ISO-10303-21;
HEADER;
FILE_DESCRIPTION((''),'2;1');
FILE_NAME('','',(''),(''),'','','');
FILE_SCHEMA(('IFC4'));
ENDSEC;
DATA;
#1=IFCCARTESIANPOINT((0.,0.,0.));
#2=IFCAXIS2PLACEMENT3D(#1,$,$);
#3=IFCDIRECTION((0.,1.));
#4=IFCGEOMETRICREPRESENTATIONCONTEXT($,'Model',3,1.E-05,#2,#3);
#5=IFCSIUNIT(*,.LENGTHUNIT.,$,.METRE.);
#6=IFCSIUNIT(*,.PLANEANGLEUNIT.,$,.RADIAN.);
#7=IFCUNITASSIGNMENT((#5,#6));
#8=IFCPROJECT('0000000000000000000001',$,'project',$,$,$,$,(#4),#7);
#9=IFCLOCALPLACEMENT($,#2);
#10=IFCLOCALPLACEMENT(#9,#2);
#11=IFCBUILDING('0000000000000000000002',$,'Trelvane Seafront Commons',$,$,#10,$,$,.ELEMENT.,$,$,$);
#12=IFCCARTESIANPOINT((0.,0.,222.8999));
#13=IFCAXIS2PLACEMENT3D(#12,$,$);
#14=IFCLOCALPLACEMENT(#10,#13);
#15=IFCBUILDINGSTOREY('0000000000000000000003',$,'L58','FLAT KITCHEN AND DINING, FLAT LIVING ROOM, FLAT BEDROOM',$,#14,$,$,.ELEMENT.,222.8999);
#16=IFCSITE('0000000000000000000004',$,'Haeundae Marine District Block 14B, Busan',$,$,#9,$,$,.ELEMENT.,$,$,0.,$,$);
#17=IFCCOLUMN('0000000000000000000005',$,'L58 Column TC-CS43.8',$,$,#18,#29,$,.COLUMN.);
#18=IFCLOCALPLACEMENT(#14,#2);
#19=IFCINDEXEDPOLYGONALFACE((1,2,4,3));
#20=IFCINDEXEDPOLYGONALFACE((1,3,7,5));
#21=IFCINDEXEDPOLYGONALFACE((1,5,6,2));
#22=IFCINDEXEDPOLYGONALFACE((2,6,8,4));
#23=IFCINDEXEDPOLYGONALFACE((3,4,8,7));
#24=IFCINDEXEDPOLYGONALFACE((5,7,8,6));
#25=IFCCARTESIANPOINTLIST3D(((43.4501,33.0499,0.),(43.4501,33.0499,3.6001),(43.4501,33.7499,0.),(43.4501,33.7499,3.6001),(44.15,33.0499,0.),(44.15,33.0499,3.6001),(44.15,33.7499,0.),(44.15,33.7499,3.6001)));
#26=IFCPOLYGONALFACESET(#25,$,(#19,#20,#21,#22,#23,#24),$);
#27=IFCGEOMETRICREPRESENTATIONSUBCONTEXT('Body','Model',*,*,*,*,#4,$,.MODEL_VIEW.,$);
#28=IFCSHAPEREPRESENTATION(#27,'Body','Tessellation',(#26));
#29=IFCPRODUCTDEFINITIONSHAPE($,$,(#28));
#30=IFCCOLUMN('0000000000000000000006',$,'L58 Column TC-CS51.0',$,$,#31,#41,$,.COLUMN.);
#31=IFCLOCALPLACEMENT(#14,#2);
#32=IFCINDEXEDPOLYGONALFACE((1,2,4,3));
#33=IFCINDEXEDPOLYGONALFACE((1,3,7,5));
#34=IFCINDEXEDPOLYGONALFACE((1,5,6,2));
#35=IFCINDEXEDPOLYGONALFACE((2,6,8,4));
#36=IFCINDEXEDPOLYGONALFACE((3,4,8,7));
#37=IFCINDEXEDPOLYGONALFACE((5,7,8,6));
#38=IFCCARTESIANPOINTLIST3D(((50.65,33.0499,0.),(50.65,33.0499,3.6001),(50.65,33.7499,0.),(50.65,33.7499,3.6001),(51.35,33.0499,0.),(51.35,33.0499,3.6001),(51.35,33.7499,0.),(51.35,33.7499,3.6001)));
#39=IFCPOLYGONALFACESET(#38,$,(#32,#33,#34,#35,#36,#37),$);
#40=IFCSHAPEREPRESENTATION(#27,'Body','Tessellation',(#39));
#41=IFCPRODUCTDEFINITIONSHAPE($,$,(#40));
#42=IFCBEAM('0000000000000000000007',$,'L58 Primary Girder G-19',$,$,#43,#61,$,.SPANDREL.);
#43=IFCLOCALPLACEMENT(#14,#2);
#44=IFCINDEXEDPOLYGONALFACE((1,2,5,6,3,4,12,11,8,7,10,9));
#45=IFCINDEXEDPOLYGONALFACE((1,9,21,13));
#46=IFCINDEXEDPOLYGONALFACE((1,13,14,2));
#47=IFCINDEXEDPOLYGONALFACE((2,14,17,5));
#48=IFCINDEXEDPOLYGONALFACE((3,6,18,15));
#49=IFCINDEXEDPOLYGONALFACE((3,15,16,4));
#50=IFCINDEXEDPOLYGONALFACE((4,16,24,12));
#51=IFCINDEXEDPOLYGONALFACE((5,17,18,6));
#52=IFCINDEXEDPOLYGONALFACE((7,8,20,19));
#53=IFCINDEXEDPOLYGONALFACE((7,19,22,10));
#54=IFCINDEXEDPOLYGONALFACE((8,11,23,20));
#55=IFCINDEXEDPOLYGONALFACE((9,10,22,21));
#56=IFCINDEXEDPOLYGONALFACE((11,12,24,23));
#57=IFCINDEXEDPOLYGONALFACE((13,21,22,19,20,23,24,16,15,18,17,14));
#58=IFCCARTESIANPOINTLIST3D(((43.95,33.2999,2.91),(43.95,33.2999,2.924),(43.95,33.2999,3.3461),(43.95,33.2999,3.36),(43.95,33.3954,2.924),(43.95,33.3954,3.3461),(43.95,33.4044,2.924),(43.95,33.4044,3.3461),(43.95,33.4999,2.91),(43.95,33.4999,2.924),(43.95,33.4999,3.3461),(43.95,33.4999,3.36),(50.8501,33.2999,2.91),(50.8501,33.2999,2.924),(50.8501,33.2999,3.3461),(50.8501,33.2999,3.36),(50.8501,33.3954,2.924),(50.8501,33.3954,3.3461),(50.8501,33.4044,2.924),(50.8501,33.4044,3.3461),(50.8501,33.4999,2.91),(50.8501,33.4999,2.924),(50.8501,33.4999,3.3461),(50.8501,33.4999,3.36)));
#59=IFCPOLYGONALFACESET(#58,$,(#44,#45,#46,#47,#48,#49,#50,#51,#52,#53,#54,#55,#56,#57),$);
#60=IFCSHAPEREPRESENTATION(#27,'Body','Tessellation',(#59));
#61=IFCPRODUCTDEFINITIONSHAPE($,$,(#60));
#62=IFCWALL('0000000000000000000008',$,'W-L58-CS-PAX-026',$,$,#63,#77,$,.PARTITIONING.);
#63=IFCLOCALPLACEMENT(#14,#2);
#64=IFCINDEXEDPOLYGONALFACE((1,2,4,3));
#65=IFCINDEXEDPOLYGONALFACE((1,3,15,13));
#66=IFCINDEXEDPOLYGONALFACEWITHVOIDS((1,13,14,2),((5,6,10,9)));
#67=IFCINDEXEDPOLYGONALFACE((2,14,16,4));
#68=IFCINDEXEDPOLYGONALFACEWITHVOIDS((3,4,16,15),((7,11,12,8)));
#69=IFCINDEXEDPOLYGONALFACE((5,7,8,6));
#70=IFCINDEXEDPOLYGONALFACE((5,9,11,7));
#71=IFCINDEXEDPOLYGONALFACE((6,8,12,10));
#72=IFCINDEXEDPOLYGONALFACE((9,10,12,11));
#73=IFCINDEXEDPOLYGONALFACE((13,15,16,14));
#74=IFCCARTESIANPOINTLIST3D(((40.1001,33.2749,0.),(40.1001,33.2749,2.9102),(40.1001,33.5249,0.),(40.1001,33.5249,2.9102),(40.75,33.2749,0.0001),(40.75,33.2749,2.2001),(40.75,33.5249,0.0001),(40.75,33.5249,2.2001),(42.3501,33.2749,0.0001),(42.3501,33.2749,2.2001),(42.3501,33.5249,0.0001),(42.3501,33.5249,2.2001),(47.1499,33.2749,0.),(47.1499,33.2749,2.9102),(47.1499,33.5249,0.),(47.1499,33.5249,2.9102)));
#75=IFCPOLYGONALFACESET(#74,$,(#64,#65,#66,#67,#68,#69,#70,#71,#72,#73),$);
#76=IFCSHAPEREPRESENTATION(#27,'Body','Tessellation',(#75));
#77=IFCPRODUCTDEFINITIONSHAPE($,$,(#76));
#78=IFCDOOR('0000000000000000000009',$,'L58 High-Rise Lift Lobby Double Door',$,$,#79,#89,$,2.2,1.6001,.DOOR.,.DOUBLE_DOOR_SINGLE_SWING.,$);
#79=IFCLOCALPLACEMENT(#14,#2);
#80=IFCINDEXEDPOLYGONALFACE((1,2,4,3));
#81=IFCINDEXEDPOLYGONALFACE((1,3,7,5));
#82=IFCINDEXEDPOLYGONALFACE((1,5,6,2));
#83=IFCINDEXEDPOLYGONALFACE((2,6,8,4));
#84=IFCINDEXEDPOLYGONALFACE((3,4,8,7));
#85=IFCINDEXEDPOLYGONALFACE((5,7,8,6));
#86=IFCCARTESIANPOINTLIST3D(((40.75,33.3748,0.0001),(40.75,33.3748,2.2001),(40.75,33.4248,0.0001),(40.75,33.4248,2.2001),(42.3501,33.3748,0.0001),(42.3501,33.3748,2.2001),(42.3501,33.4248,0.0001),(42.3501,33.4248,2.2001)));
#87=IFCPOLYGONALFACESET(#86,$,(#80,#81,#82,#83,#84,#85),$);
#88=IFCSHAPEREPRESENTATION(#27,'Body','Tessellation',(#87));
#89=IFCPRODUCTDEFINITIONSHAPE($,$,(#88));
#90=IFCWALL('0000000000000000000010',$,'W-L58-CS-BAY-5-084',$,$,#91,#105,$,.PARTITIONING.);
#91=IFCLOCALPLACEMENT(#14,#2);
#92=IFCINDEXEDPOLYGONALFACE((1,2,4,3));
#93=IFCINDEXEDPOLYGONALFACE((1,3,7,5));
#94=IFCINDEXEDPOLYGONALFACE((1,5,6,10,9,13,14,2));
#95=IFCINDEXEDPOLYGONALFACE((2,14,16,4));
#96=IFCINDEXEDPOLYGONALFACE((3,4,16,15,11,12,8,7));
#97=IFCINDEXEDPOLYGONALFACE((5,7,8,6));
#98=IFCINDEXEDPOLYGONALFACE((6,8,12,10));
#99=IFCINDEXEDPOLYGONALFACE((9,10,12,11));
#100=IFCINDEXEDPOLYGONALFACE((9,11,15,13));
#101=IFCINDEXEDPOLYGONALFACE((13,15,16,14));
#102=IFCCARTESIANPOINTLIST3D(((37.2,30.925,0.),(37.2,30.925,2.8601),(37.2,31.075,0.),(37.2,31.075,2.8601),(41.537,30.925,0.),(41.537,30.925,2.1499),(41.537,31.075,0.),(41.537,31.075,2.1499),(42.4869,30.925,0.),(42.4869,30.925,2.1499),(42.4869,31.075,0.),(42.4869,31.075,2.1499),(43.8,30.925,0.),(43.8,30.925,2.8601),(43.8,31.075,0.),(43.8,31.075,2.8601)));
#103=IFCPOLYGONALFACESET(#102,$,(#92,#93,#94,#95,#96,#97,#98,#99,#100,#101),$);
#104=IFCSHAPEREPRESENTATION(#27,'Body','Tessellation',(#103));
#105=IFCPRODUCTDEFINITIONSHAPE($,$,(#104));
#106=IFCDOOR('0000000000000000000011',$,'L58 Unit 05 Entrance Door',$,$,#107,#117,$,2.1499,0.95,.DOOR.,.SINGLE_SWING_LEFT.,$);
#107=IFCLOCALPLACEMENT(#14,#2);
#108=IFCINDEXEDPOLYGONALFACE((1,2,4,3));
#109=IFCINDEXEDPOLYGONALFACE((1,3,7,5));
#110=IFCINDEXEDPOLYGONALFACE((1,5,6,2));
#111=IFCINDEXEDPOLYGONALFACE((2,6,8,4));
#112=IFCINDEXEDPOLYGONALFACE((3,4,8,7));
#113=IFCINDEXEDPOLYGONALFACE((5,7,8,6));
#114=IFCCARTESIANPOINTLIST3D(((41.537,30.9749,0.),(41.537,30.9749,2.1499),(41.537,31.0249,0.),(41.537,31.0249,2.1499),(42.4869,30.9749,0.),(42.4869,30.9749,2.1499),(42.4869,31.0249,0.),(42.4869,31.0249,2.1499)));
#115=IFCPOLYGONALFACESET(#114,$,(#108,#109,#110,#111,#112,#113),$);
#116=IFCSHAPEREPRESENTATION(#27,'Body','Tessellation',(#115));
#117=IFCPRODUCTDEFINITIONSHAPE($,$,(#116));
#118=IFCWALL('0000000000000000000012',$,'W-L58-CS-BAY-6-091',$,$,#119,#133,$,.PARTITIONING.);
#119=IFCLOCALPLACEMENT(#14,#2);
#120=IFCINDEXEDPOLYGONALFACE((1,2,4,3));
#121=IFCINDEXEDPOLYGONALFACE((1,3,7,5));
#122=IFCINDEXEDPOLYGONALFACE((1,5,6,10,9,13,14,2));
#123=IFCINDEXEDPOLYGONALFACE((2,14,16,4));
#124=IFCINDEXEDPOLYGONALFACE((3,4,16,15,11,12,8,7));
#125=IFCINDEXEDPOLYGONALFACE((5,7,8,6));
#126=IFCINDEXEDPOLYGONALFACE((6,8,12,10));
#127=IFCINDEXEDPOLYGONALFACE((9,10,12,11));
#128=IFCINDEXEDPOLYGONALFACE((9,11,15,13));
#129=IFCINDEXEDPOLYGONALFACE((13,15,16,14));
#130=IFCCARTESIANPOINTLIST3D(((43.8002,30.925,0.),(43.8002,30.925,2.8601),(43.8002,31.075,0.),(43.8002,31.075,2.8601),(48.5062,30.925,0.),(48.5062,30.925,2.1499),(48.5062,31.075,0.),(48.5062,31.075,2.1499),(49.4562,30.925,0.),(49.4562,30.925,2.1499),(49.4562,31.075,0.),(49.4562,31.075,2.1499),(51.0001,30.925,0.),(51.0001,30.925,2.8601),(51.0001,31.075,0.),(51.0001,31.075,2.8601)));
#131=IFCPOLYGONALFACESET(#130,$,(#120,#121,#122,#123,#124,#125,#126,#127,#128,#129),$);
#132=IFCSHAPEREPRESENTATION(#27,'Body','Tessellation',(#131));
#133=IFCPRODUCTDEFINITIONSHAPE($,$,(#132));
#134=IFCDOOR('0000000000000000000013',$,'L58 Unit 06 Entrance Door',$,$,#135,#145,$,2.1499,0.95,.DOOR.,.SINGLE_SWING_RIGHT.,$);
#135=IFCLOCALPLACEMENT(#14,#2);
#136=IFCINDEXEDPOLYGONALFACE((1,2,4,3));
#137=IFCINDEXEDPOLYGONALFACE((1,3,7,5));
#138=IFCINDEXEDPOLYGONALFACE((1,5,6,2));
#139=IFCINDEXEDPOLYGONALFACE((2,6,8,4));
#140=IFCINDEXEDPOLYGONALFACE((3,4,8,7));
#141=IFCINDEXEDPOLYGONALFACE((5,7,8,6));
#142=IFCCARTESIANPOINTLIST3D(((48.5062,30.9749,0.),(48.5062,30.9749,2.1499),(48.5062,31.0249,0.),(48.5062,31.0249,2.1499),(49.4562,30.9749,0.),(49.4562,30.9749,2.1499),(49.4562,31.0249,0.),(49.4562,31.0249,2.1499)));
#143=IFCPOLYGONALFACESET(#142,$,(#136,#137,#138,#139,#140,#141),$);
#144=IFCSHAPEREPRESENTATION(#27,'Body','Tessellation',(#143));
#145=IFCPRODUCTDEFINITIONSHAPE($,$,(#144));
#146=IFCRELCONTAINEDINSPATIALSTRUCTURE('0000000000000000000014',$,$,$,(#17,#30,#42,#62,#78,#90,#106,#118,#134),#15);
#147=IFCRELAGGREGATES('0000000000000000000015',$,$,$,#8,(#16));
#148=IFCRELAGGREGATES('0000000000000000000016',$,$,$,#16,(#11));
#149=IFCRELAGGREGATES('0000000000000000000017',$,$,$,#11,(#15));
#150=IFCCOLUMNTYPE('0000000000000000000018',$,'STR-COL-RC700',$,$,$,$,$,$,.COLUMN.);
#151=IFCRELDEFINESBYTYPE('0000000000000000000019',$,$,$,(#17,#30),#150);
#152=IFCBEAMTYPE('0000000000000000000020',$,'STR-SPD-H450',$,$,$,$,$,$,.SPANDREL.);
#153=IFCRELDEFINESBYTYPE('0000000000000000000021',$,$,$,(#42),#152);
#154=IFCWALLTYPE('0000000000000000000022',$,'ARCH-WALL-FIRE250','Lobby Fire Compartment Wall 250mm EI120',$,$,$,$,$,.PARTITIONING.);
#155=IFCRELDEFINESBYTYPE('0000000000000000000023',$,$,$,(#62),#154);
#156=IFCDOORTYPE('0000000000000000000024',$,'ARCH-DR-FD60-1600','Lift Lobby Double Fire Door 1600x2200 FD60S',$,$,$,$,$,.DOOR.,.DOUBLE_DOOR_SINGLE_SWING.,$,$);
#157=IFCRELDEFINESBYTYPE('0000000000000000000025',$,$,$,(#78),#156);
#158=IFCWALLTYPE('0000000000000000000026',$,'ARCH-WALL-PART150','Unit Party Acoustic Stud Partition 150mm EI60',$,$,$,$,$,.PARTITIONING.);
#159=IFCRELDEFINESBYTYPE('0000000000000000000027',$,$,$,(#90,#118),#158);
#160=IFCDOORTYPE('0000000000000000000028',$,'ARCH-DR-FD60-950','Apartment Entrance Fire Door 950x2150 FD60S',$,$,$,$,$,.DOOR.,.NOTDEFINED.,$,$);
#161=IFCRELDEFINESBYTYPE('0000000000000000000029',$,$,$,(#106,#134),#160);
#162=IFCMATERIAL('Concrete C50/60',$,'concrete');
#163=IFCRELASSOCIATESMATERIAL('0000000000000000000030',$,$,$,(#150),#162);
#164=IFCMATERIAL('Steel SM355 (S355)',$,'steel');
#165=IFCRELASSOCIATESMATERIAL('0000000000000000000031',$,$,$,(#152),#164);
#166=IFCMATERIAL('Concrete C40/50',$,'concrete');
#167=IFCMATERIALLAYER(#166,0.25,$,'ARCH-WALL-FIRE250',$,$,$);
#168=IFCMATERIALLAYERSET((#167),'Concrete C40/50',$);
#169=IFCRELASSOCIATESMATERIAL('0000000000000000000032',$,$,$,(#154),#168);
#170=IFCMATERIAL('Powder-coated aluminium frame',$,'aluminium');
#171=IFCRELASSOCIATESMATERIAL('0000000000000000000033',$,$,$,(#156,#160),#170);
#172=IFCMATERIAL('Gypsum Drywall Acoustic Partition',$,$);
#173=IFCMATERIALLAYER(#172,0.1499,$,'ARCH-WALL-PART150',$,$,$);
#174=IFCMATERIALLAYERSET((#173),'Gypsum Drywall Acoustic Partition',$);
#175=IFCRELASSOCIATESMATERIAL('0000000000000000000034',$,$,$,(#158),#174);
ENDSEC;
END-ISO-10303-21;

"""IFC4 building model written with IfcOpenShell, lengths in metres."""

from ifc_helpers import new_model, si_unit, direction, frame, frame_2d, origin, origin_2d, place, context, subcontext, project, spatial, rectangle, i_section, extrude, source, transform, mapped, material, layer, layer_set, material_profile, profile_set, type_object, element, fill, save


model = new_model("IFC4")

# Units and contexts
model_context = context("Model", 3, precision=1e-05, world=origin(), true_north=direction((0.0, 1.0)))
body_context = subcontext(model_context, "Body", "Model", "MODEL_VIEW")
ifc_project = project(units=[si_unit("LENGTHUNIT", "METRE"), si_unit("PLANEANGLEUNIT", "RADIAN")], contexts=[model_context])

# Site, building, storey
site_placement = place(None, origin())
site = spatial("IfcSite", under=ifc_project, at=site_placement, Name="Haeundae Marine District Block 14B, Busan", CompositionType="ELEMENT", RefElevation=0.0)
building_placement = place(site_placement, origin())
building = spatial("IfcBuilding", under=site, at=building_placement, Name="Trelvane Seafront Commons", CompositionType="ELEMENT")
storey_placement = place(building_placement, frame((0.0, 0.0, 222.8999)))
storey = spatial("IfcBuildingStorey", under=building, at=storey_placement, Name="L58", Description="FLAT KITCHEN AND DINING, FLAT LIVING ROOM, FLAT BEDROOM", CompositionType="ELEMENT", Elevation=222.8999)

# Columns
ifc_material_1 = material(Name="Concrete C50/60", Category="concrete")
ifc_material_profile_1 = material_profile(ifc_material_1, rectangle(XDim=0.7, YDim=0.7, at=origin_2d()), Name="RC-700x700")
ifc_profile_set_1 = profile_set([ifc_material_profile_1], Name="Concrete C50/60")
column_type = type_object("IfcColumnType", Name="STR-COL-RC700", PredefinedType="COLUMN", material=ifc_profile_set_1)
shared_shape_1 = source(origin(), body_context, "Body", "SweptSolid", [
    extrude(rectangle(XDim=0.7, YDim=0.7, at=origin_2d()), origin(), (0.0, 0.0, 1.0), 3.6001),
])
for number, where, z_axis, x_axis, name in (
    (1, (43.8, 33.3999, 0.0), (0.0, 0.0, 1.0), (1.0, 0.0, 0.0), "L58 Column TC-CS43.8"),
    (2, (51.0, 33.3999, 0.0), (0.0, 0.0, 1.0), (1.0, 0.0, 0.0), "L58 Column TC-CS51.0"),
):
    element("IfcColumn", number, at=place(storey_placement, frame(where, z_axis=z_axis, x_axis=x_axis)), inside=storey, type_object=column_type, Name=name, PredefinedType="COLUMN", context=body_context, shape_type="MappedRepresentation", body=[
        mapped(shared_shape_1, transform((0.0, 0.0, 0.0), x_axis=(1.0, 0.0, 0.0), y_axis=(0.0, 1.0, 0.0), z_axis=(0.0, 0.0, 1.0), scale=1.0)),
    ])

# Beam
ifc_material_2 = material(Name="Steel SM355 (S355)", Category="steel")
ifc_material_profile_2 = material_profile(ifc_material_2, i_section(OverallWidth=0.2, OverallDepth=0.45, WebThickness=0.009, FlangeThickness=0.0139, at=origin_2d()), Name="H-450x200x9x14")
ifc_profile_set_2 = profile_set([ifc_material_profile_2], Name="Steel SM355 (S355)")
beam_type = type_object("IfcBeamType", Name="STR-SPD-H450", PredefinedType="SPANDREL", material=ifc_profile_set_2)
shared_shape_2 = source(origin(), body_context, "Body", "SweptSolid", [
    extrude(i_section(OverallWidth=0.2, OverallDepth=0.45, WebThickness=0.009, FlangeThickness=0.0139, at=origin_2d()), origin(), (0.0, 0.0, 1.0), 6.9001),
])
beam_placement = place(storey_placement, frame((43.95, 33.3999, 3.135), z_axis=(1.0, 0.0, 0.0), x_axis=(0.0, 1.0, 0.0)))
element("IfcBeam", 3, at=beam_placement, inside=storey, type_object=beam_type, Name="L58 Primary Girder G-19", PredefinedType="SPANDREL", context=body_context, shape_type="MappedRepresentation", body=[
    mapped(shared_shape_2, transform((0.0, 0.0, 0.0), x_axis=(1.0, 0.0, 0.0), y_axis=(0.0, 1.0, 0.0), z_axis=(0.0, 0.0, 1.0), scale=1.0)),
])

# Wall, opening, door
ifc_material_3 = material(Name="Concrete C40/50", Category="concrete")
ifc_layer_1 = layer(ifc_material_3, 0.25, Name="ARCH-WALL-FIRE250")
ifc_layer_set_1 = layer_set([ifc_layer_1], Name="Concrete C40/50")
wall_type_1 = type_object("IfcWallType", Name="ARCH-WALL-FIRE250", Description="Lobby Fire Compartment Wall 250mm EI120", PredefinedType="PARTITIONING", material=ifc_layer_set_1)
wall_1_placement = place(storey_placement, frame((40.1001, 33.3999, 0.0), z_axis=(0.0, 0.0, 1.0), x_axis=(1.0, 0.0, 0.0)))
wall_1 = element("IfcWall", 4, at=wall_1_placement, inside=storey, type_object=wall_type_1, Name="W-L58-CS-PAX-026", PredefinedType="PARTITIONING", context=body_context, shape_type="SweptSolid", body=[
    extrude(rectangle(XDim=7.0498, YDim=0.25, at=frame_2d((3.5249, 0.0))), origin(), (0.0, 0.0, 1.0), 2.9102),
])
opening_1_placement = place(wall_1_placement, frame((0.6499, 0.0, 0.0)))
opening_1 = element("IfcOpeningElement", 5, at=opening_1_placement, cuts=wall_1, PredefinedType="OPENING", context=body_context, shape_type="SweptSolid", body=[
    extrude(rectangle(XDim=1.6001, YDim=2.2, at=frame_2d((0.8, 1.1001))), frame((0.0, 0.135, 0.0), z_axis=(0.0, -1.0, 0.0), x_axis=(1.0, 0.0, 0.0)), (0.0, 0.0, 1.0), 0.27),
])
ifc_material_4 = material(Name="Powder-coated aluminium frame", Category="aluminium")
door_type_1 = type_object("IfcDoorType", Name="ARCH-DR-FD60-1600", Description="Lift Lobby Double Fire Door 1600x2200 FD60S", OperationType="DOUBLE_DOOR_SINGLE_SWING", PredefinedType="DOOR", material=ifc_material_4)
shared_shape_3 = source(origin(), body_context, "Body", "SweptSolid", [
    extrude(rectangle(XDim=1.6001, YDim=2.2, at=frame_2d((0.8, 1.1001))), frame((0.0, 0.0249, 0.0), z_axis=(0.0, -1.0, 0.0), x_axis=(1.0, 0.0, 0.0)), (0.0, 0.0, 1.0), 0.05),
])
door_1_placement = place(opening_1_placement, origin())
door_1 = element("IfcDoor", 6, at=door_1_placement, inside=storey, type_object=door_type_1, Name="L58 High-Rise Lift Lobby Double Door", OperationType="DOUBLE_DOOR_SINGLE_SWING", OverallHeight=2.2, OverallWidth=1.6001, PredefinedType="DOOR", context=body_context, shape_type="MappedRepresentation", body=[
    mapped(shared_shape_3, transform((0.0, 0.0, 0.0), x_axis=(1.0, 0.0, 0.0), y_axis=(0.0, 1.0, 0.0), z_axis=(0.0, 0.0, 1.0), scale=1.0)),
])
fill(opening_1, door_1)

# Shared definitions
door_type_2 = type_object("IfcDoorType", Name="ARCH-DR-FD60-950", Description="Apartment Entrance Fire Door 950x2150 FD60S", OperationType="NOTDEFINED", PredefinedType="DOOR", material=ifc_material_4)
shared_shape_4 = source(origin(), body_context, "Body", "SweptSolid", [
    extrude(rectangle(XDim=0.95, YDim=2.1499, at=frame_2d((0.4751, 1.075))), frame((0.0, 0.0249, 0.0), z_axis=(0.0, -1.0, 0.0), x_axis=(1.0, 0.0, 0.0)), (0.0, 0.0, 1.0), 0.05),
])
ifc_material_5 = material(Name="Gypsum Drywall Acoustic Partition")

# Walls, openings, doors
ifc_layer_2 = layer(ifc_material_5, 0.1499, Name="ARCH-WALL-PART150")
ifc_layer_set_2 = layer_set([ifc_layer_2], Name="Gypsum Drywall Acoustic Partition")
wall_type_2 = type_object("IfcWallType", Name="ARCH-WALL-PART150", Description="Unit Party Acoustic Stud Partition 150mm EI60", PredefinedType="PARTITIONING", material=ifc_layer_set_2)
wall_2_placement = place(storey_placement, frame((37.2, 31.0, 0.0), z_axis=(0.0, 0.0, 1.0), x_axis=(1.0, 0.0, 0.0)))
wall_2 = element("IfcWall", 7, at=wall_2_placement, inside=storey, type_object=wall_type_2, Name="W-L58-CS-BAY-5-084", PredefinedType="PARTITIONING", context=body_context, shape_type="SweptSolid", body=[
    extrude(rectangle(XDim=6.6001, YDim=0.1499, at=frame_2d((3.3, 0.0))), origin(), (0.0, 0.0, 1.0), 2.8601),
])
opening_2_placement = place(wall_2_placement, frame((4.3369, 0.0, 0.0)))
opening_2 = element("IfcOpeningElement", 8, at=opening_2_placement, cuts=wall_2, PredefinedType="OPENING", context=body_context, shape_type="SweptSolid", body=[
    extrude(rectangle(XDim=0.95, YDim=2.1499, at=frame_2d((0.4751, 1.075))), frame((0.0, 0.085, 0.0), z_axis=(0.0, -1.0, 0.0), x_axis=(1.0, 0.0, 0.0)), (0.0, 0.0, 1.0), 0.1699),
])
door_2_placement = place(opening_2_placement, origin())
door_2 = element("IfcDoor", 9, at=door_2_placement, inside=storey, type_object=door_type_2, Name="L58 Unit 05 Entrance Door", OperationType="SINGLE_SWING_LEFT", OverallHeight=2.1499, OverallWidth=0.95, PredefinedType="DOOR", context=body_context, shape_type="MappedRepresentation", body=[
    mapped(shared_shape_4, transform((0.0, 0.0, 0.0), x_axis=(1.0, 0.0, 0.0), y_axis=(0.0, 1.0, 0.0), z_axis=(0.0, 0.0, 1.0), scale=1.0)),
])
fill(opening_2, door_2)
wall_3_placement = place(storey_placement, frame((43.8, 31.0, 0.0), z_axis=(0.0, 0.0, 1.0), x_axis=(1.0, 0.0, 0.0)))
wall_3 = element("IfcWall", 10, at=wall_3_placement, inside=storey, type_object=wall_type_2, Name="W-L58-CS-BAY-6-091", PredefinedType="PARTITIONING", context=body_context, shape_type="SweptSolid", body=[
    extrude(rectangle(XDim=7.2, YDim=0.1499, at=frame_2d((3.6001, 0.0))), origin(), (0.0, 0.0, 1.0), 2.8601),
])
opening_3_placement = place(wall_3_placement, frame((4.7061, 0.0, 0.0)))
opening_3 = element("IfcOpeningElement", 11, at=opening_3_placement, cuts=wall_3, PredefinedType="OPENING", context=body_context, shape_type="SweptSolid", body=[
    extrude(rectangle(XDim=0.95, YDim=2.1499, at=frame_2d((0.4751, 1.075))), frame((0.0, 0.085, 0.0), z_axis=(0.0, -1.0, 0.0), x_axis=(1.0, 0.0, 0.0)), (0.0, 0.0, 1.0), 0.1699),
])
door_3_placement = place(opening_3_placement, origin())
door_3 = element("IfcDoor", 12, at=door_3_placement, inside=storey, type_object=door_type_2, Name="L58 Unit 06 Entrance Door", OperationType="SINGLE_SWING_RIGHT", OverallHeight=2.1499, OverallWidth=0.95, PredefinedType="DOOR", context=body_context, shape_type="MappedRepresentation", body=[
    mapped(shared_shape_4, transform((0.0, 0.0, 0.0), x_axis=(1.0, 0.0, 0.0), y_axis=(0.0, 1.0, 0.0), z_axis=(0.0, 0.0, 1.0), scale=1.0)),
])
fill(opening_3, door_3)

save(model, "model.ifc")
